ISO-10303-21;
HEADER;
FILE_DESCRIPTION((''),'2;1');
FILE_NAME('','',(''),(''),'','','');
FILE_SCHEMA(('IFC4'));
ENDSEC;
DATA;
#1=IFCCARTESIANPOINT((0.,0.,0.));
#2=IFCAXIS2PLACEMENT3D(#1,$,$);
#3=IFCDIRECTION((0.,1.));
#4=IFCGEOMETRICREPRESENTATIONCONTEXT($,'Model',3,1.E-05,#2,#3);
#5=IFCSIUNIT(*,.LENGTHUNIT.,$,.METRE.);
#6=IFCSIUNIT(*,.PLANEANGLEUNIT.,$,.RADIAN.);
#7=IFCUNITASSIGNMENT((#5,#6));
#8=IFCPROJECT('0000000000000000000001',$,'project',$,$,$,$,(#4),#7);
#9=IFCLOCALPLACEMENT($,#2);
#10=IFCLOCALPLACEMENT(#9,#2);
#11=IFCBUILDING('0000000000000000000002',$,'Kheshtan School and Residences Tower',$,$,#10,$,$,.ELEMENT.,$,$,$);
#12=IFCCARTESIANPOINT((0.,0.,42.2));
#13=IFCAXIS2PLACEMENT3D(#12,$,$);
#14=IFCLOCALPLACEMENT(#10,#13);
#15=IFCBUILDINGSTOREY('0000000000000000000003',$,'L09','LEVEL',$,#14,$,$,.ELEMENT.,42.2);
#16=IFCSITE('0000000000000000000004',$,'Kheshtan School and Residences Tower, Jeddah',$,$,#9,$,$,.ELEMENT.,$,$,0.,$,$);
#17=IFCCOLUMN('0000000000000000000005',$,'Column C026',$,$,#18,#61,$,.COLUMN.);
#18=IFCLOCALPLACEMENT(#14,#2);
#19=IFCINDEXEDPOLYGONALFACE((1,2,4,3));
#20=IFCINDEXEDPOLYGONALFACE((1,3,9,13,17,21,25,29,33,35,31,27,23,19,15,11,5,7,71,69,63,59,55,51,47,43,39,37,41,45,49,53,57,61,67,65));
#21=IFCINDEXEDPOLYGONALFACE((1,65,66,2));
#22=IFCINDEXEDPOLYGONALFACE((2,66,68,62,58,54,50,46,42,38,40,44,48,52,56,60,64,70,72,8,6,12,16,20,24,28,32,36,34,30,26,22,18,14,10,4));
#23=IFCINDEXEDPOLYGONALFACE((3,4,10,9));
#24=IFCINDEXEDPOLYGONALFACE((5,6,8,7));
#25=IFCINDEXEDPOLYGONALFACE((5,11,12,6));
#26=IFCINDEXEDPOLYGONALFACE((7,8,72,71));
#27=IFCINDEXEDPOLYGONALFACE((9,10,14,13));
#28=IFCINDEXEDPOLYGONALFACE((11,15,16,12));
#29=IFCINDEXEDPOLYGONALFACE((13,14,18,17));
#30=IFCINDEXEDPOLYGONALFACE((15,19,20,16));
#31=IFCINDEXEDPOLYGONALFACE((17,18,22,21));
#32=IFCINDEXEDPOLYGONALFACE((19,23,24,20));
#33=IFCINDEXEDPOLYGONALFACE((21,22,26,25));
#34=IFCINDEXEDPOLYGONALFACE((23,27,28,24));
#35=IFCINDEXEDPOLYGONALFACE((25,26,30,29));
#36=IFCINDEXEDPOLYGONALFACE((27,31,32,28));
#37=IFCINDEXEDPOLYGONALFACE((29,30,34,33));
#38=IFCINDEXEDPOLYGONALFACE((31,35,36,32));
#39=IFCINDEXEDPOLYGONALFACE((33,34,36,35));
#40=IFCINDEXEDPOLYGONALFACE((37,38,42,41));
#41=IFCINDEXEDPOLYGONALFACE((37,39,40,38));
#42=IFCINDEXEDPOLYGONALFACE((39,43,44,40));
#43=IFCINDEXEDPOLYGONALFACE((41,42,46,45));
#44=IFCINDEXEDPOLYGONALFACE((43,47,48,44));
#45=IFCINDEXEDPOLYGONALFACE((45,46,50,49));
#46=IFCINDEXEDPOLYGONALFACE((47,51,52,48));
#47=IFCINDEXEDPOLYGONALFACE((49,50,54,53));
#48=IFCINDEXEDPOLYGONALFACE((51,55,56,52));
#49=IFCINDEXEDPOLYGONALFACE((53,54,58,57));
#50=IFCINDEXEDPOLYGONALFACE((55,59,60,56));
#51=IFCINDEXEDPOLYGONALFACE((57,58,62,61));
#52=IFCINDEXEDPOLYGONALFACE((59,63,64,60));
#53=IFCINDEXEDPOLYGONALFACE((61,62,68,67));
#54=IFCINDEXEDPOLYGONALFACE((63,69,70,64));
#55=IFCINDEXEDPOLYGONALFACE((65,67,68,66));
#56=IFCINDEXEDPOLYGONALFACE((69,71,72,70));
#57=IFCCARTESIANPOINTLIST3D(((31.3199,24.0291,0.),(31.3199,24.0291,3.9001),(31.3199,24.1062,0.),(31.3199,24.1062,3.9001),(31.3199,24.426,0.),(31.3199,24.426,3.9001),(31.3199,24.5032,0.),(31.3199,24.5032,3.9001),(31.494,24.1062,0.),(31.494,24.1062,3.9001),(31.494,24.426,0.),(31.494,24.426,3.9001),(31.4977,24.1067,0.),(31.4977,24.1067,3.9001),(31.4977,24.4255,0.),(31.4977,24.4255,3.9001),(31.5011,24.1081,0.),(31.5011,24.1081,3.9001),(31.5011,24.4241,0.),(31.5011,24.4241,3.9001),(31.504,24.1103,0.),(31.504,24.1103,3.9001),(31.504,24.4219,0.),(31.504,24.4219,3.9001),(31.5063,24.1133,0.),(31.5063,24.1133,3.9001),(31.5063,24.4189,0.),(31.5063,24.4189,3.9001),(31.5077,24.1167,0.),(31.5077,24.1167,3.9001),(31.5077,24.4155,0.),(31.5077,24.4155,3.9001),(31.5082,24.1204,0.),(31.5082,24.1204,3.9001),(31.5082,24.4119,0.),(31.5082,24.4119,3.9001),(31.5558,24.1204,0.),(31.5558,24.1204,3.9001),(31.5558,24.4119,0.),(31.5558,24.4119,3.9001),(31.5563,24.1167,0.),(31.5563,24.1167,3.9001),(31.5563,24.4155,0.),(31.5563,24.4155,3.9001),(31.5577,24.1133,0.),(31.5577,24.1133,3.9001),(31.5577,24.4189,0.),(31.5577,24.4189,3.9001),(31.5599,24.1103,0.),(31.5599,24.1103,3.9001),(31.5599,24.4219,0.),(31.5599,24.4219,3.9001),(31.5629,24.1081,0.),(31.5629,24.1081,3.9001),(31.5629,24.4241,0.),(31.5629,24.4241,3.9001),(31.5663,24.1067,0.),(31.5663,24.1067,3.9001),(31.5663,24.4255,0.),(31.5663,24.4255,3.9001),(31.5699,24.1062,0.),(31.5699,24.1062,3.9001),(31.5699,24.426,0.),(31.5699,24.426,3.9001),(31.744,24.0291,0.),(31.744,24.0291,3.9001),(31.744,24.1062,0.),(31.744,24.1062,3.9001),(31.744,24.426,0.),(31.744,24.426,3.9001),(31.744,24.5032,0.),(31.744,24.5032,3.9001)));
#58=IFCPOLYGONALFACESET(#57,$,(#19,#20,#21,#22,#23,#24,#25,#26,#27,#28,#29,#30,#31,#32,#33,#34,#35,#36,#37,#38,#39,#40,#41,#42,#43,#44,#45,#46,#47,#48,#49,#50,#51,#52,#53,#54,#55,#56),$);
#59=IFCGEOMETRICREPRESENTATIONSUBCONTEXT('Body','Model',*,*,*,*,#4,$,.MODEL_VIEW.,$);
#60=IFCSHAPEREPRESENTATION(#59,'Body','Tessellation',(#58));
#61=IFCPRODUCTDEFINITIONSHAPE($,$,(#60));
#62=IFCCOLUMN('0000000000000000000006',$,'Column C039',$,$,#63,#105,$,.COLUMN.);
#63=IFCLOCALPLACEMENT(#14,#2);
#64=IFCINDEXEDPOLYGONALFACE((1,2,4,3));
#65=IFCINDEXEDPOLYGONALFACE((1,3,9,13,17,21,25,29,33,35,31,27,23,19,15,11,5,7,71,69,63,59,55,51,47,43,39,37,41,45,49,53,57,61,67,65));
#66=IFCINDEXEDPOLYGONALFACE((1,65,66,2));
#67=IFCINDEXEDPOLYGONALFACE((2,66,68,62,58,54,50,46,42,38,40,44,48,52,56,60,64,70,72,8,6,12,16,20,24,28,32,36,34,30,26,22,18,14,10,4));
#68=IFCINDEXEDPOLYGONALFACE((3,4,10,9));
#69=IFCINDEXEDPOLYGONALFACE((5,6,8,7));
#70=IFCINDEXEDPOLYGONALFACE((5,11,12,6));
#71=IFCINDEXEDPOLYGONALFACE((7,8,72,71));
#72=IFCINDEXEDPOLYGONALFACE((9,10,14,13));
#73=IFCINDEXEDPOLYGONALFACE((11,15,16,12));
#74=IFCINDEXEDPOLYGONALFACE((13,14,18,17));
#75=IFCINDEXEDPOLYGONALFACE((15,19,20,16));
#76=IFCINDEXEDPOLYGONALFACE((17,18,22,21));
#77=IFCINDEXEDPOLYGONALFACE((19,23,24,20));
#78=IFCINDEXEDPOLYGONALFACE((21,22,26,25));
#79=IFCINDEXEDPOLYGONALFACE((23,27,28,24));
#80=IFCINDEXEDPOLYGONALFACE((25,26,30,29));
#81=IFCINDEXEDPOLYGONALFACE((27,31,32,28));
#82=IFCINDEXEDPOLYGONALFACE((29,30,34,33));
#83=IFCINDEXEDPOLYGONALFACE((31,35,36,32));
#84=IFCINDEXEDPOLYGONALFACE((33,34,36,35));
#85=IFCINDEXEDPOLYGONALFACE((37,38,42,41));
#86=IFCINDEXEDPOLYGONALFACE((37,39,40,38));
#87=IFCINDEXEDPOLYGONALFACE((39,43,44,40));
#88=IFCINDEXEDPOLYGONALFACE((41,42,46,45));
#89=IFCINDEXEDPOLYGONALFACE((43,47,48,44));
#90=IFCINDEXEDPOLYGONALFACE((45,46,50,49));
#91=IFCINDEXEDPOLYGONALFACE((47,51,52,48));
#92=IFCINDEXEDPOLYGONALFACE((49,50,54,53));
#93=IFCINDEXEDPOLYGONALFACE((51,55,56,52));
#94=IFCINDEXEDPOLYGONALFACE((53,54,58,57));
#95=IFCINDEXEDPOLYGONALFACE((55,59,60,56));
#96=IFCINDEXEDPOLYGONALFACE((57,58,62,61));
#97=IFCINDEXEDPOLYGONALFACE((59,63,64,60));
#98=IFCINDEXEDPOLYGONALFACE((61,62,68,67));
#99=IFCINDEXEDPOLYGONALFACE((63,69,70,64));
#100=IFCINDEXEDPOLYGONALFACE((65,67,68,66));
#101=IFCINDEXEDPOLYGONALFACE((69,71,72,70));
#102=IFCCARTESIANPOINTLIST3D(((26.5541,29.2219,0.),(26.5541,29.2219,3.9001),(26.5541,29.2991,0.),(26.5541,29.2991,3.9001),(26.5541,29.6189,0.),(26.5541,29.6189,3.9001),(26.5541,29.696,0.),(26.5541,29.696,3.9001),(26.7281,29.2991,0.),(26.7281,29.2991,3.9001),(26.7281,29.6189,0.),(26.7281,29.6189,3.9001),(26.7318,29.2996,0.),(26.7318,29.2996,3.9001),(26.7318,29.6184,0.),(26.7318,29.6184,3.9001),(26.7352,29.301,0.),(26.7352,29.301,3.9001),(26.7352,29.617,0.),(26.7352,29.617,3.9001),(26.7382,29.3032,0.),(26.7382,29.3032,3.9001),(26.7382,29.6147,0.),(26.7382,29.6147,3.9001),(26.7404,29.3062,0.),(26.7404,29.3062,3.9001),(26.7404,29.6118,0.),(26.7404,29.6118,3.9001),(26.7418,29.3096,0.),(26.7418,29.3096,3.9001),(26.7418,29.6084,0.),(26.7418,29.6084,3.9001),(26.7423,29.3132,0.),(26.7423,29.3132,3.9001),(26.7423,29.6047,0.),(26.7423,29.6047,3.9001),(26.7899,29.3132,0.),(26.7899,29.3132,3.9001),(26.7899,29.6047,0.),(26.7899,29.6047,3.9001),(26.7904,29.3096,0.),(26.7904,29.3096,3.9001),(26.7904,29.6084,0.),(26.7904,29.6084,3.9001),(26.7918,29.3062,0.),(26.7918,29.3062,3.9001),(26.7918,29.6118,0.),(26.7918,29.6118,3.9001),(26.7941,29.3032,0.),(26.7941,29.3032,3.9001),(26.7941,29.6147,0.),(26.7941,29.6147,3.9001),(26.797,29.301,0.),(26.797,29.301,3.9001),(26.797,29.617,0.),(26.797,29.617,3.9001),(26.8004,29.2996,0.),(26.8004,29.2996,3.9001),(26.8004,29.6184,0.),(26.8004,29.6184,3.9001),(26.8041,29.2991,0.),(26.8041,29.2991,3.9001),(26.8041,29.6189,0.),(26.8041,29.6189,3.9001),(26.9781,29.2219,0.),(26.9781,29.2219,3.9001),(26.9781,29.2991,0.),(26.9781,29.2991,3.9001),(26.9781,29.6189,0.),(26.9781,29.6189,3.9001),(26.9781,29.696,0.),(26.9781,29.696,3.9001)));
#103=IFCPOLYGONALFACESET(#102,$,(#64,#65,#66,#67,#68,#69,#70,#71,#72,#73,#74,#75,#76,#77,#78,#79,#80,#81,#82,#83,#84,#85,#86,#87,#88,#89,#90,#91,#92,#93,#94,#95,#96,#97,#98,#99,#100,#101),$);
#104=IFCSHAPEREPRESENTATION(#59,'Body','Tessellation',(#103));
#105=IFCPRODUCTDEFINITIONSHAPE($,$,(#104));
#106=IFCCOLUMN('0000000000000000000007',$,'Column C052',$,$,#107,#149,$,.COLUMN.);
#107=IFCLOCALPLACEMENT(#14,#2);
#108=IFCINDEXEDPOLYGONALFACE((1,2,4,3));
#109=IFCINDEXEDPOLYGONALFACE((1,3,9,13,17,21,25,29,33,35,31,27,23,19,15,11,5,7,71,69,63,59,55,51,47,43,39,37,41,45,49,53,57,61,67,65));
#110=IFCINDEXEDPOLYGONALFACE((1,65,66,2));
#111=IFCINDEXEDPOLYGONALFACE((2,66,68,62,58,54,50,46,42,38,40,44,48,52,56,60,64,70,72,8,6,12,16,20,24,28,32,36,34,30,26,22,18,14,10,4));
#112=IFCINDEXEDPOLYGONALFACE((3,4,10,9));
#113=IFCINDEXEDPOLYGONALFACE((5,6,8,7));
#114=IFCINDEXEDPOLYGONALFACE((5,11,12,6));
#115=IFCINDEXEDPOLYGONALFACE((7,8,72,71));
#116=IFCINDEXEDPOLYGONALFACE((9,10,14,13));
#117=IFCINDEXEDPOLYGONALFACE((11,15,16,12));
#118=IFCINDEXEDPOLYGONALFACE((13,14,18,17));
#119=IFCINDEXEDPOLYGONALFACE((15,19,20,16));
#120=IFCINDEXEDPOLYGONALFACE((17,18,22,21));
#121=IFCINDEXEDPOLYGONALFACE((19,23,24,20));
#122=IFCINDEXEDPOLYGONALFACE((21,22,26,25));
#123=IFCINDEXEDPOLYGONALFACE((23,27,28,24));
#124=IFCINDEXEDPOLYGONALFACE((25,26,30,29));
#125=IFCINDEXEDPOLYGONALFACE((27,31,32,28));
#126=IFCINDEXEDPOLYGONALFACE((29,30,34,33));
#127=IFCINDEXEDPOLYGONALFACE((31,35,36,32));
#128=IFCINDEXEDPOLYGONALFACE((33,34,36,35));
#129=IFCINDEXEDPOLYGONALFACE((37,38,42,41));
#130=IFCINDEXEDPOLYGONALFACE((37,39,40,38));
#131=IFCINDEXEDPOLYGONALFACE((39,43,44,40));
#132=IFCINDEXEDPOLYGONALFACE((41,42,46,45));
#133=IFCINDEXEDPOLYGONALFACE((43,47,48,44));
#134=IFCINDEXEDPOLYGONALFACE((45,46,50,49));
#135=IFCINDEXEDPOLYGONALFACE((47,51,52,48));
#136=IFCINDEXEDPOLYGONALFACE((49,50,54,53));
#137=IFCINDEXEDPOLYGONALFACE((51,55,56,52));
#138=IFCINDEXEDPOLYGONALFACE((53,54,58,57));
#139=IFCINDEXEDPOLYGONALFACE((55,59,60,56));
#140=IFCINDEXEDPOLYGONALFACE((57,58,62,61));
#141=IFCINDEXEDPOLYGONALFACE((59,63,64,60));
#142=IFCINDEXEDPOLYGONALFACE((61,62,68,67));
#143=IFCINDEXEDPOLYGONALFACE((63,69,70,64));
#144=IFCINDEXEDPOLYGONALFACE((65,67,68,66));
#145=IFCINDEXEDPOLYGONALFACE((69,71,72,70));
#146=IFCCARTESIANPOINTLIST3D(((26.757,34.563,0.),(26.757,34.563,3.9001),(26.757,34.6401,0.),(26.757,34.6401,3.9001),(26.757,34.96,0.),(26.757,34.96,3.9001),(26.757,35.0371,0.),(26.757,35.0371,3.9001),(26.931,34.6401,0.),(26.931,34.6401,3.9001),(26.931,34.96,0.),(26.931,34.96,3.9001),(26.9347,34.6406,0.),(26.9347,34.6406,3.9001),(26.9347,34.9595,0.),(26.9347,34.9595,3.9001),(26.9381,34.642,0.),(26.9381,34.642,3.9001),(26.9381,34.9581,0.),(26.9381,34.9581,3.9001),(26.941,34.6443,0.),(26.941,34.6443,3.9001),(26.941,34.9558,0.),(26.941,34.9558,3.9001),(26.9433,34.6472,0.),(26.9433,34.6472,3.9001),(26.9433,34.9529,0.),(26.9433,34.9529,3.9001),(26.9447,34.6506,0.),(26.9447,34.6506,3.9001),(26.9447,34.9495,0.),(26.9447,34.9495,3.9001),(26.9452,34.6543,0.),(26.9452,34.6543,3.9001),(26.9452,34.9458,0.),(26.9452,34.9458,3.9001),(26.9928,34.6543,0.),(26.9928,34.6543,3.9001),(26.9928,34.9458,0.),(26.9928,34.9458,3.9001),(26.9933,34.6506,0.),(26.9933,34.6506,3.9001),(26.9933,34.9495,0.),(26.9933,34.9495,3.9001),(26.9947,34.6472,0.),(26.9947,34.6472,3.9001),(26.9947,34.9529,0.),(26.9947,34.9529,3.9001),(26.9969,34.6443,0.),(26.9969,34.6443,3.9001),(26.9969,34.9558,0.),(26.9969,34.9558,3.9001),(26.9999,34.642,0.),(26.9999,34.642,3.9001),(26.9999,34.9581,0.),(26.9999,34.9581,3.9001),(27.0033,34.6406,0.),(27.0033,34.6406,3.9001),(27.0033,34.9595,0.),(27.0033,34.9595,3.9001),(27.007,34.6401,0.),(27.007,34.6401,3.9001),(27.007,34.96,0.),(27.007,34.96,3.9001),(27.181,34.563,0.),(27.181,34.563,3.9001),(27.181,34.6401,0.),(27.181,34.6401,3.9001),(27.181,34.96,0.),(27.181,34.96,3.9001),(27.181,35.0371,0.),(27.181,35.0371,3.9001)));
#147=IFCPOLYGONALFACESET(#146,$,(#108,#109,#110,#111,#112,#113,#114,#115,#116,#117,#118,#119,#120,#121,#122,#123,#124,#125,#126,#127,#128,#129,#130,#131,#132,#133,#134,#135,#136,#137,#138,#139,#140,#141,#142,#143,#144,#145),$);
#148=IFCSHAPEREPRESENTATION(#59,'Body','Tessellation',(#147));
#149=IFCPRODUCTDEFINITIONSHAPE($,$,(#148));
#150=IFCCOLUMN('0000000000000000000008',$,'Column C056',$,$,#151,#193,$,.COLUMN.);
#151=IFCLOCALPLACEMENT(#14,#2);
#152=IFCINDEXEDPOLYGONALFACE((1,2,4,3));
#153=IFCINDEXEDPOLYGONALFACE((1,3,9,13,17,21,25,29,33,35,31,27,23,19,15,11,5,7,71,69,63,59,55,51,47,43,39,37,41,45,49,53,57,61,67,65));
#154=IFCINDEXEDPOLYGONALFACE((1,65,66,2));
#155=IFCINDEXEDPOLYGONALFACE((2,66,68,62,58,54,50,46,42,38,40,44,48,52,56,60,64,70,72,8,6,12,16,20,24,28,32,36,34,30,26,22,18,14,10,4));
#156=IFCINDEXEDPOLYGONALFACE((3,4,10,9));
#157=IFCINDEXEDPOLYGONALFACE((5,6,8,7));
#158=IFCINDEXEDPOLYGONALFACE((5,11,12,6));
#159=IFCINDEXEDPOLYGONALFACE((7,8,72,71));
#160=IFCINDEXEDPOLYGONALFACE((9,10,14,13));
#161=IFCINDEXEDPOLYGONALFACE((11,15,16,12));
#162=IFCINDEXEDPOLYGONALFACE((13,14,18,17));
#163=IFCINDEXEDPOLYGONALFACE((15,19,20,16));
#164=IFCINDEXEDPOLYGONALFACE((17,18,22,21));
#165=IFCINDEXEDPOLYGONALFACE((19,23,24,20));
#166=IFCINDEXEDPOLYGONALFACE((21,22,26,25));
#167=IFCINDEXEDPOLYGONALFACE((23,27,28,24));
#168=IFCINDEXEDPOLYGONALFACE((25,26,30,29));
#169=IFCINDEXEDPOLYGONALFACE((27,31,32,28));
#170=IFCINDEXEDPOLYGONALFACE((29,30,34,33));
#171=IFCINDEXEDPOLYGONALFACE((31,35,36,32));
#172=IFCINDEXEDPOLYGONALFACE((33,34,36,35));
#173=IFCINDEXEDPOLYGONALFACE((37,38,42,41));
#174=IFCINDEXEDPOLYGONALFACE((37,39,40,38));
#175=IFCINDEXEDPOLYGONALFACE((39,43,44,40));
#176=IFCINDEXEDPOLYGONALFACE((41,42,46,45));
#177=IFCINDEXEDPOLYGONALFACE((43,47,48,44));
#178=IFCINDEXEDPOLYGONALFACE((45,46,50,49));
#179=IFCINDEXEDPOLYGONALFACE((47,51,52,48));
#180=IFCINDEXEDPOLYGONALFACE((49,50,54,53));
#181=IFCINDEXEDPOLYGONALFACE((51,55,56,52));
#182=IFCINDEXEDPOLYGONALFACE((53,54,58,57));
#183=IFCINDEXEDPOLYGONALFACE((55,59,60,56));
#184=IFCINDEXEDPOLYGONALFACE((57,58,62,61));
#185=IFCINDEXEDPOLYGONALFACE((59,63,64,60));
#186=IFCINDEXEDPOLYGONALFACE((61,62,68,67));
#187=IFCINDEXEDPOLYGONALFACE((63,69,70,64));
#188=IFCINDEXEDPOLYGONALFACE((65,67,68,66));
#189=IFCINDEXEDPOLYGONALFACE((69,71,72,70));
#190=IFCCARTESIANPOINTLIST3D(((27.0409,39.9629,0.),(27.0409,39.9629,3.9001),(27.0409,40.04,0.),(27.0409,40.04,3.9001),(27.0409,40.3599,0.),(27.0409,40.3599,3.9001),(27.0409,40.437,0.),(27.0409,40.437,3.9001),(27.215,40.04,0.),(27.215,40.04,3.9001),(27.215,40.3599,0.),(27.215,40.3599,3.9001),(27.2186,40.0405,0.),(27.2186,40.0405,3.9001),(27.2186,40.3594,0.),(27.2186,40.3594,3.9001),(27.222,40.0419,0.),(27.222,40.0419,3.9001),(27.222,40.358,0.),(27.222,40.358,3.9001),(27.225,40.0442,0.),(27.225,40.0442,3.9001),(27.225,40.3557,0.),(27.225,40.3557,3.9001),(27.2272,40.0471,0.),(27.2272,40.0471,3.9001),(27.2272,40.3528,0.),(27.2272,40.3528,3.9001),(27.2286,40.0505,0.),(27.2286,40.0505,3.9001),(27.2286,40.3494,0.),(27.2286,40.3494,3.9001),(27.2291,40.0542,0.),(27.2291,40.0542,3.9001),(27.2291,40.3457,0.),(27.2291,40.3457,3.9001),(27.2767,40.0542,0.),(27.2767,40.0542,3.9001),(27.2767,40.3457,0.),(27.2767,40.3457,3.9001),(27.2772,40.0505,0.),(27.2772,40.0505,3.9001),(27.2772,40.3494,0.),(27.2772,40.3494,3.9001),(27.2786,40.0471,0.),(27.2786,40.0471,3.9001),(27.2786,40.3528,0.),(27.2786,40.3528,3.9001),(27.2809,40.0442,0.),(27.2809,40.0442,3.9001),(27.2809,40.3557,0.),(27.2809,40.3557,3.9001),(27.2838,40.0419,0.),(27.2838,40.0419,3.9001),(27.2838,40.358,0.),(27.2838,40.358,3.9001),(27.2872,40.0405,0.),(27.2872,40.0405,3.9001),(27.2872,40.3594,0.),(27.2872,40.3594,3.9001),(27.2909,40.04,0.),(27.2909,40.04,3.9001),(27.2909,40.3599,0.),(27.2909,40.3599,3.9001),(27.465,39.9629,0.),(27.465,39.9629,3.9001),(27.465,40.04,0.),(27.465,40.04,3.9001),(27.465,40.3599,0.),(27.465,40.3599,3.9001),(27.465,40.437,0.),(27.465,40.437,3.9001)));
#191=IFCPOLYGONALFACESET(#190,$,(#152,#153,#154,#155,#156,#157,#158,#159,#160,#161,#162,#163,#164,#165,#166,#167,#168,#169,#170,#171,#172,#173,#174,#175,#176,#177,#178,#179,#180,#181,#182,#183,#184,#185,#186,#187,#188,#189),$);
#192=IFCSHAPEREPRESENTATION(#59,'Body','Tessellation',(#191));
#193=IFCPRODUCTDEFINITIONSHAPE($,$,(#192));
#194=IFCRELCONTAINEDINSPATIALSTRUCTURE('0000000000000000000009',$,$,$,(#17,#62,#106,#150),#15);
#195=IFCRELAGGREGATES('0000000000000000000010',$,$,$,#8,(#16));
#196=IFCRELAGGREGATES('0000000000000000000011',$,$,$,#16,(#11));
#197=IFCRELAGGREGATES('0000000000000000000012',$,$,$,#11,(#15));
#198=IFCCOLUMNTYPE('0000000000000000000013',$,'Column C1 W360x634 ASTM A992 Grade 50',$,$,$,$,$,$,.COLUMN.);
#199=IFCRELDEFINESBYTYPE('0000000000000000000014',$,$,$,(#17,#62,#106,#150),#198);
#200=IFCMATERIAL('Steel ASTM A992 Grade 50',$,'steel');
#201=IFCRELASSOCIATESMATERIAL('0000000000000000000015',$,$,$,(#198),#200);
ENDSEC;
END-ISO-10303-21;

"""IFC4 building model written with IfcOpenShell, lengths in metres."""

from ifc_helpers import new_model, si_unit, direction, frame, origin, origin_2d, place, context, subcontext, project, spatial, i_section, extrude, material, material_profile, profile_set, type_object, element, save


model = new_model("IFC4")

# Units and contexts
model_context = context("Model", 3, precision=1e-05, world=origin(), true_north=direction((0.0, 1.0)))
body_context = subcontext(model_context, "Body", "Model", "MODEL_VIEW")
ifc_project = project(units=[si_unit("LENGTHUNIT", "METRE"), si_unit("PLANEANGLEUNIT", "RADIAN")], contexts=[model_context])

# Site, building, storey
site_placement = place(None, origin())
site = spatial("IfcSite", under=ifc_project, at=site_placement, Name="Kheshtan School and Residences Tower, Jeddah", CompositionType="ELEMENT", RefElevation=0.0)
building_placement = place(site_placement, origin())
building = spatial("IfcBuilding", under=site, at=building_placement, Name="Kheshtan School and Residences Tower", CompositionType="ELEMENT")
storey_placement = place(building_placement, frame((0.0, 0.0, 42.2)))
storey = spatial("IfcBuildingStorey", under=building, at=storey_placement, Name="L09", Description="LEVEL", CompositionType="ELEMENT", Elevation=42.2)

# Columns
ifc_material_1 = material(Name="Steel ASTM A992 Grade 50", Category="steel")
ifc_material_profile_1 = material_profile(ifc_material_1, i_section(OverallWidth=0.4241, OverallDepth=0.4741, WebThickness=0.0476, FlangeThickness=0.0771, FilletRadius=0.0142, at=origin_2d()), Name="W360x634")
ifc_profile_set_1 = profile_set([ifc_material_profile_1], Name="Steel ASTM A992 Grade 50")
column_type = type_object("IfcColumnType", Name="Column C1 W360x634 ASTM A992 Grade 50", PredefinedType="COLUMN", material=ifc_profile_set_1)
for number, where, z_axis, x_axis, name in (
    (1, (31.532, 24.2661, 0.0), (0.0, 0.0, 1.0), (1.0, 0.0, 0.0), "Column C026"),
    (2, (26.7661, 29.459, 0.0), (0.0, 0.0, 1.0), (1.0, 0.0, 0.0), "Column C039"),
    (3, (26.969, 34.8, 0.0), (0.0, 0.0, 1.0), (1.0, 0.0, 0.0), "Column C052"),
    (4, (27.2529, 40.2, 0.0), (0.0, 0.0, 1.0), (1.0, 0.0, 0.0), "Column C056"),
):
    element("IfcColumn", number, at=place(storey_placement, frame(where, z_axis=z_axis, x_axis=x_axis)), inside=storey, type_object=column_type, Name=name, PredefinedType="COLUMN", context=body_context, shape_type="SweptSolid", body=[
        extrude(i_section(OverallWidth=0.4241, OverallDepth=0.4741, WebThickness=0.0476, FlangeThickness=0.0771, FilletRadius=0.0142, at=origin_2d()), origin(), (0.0, 0.0, 1.0), 3.9001),
    ])

save(model, "model.ifc")
